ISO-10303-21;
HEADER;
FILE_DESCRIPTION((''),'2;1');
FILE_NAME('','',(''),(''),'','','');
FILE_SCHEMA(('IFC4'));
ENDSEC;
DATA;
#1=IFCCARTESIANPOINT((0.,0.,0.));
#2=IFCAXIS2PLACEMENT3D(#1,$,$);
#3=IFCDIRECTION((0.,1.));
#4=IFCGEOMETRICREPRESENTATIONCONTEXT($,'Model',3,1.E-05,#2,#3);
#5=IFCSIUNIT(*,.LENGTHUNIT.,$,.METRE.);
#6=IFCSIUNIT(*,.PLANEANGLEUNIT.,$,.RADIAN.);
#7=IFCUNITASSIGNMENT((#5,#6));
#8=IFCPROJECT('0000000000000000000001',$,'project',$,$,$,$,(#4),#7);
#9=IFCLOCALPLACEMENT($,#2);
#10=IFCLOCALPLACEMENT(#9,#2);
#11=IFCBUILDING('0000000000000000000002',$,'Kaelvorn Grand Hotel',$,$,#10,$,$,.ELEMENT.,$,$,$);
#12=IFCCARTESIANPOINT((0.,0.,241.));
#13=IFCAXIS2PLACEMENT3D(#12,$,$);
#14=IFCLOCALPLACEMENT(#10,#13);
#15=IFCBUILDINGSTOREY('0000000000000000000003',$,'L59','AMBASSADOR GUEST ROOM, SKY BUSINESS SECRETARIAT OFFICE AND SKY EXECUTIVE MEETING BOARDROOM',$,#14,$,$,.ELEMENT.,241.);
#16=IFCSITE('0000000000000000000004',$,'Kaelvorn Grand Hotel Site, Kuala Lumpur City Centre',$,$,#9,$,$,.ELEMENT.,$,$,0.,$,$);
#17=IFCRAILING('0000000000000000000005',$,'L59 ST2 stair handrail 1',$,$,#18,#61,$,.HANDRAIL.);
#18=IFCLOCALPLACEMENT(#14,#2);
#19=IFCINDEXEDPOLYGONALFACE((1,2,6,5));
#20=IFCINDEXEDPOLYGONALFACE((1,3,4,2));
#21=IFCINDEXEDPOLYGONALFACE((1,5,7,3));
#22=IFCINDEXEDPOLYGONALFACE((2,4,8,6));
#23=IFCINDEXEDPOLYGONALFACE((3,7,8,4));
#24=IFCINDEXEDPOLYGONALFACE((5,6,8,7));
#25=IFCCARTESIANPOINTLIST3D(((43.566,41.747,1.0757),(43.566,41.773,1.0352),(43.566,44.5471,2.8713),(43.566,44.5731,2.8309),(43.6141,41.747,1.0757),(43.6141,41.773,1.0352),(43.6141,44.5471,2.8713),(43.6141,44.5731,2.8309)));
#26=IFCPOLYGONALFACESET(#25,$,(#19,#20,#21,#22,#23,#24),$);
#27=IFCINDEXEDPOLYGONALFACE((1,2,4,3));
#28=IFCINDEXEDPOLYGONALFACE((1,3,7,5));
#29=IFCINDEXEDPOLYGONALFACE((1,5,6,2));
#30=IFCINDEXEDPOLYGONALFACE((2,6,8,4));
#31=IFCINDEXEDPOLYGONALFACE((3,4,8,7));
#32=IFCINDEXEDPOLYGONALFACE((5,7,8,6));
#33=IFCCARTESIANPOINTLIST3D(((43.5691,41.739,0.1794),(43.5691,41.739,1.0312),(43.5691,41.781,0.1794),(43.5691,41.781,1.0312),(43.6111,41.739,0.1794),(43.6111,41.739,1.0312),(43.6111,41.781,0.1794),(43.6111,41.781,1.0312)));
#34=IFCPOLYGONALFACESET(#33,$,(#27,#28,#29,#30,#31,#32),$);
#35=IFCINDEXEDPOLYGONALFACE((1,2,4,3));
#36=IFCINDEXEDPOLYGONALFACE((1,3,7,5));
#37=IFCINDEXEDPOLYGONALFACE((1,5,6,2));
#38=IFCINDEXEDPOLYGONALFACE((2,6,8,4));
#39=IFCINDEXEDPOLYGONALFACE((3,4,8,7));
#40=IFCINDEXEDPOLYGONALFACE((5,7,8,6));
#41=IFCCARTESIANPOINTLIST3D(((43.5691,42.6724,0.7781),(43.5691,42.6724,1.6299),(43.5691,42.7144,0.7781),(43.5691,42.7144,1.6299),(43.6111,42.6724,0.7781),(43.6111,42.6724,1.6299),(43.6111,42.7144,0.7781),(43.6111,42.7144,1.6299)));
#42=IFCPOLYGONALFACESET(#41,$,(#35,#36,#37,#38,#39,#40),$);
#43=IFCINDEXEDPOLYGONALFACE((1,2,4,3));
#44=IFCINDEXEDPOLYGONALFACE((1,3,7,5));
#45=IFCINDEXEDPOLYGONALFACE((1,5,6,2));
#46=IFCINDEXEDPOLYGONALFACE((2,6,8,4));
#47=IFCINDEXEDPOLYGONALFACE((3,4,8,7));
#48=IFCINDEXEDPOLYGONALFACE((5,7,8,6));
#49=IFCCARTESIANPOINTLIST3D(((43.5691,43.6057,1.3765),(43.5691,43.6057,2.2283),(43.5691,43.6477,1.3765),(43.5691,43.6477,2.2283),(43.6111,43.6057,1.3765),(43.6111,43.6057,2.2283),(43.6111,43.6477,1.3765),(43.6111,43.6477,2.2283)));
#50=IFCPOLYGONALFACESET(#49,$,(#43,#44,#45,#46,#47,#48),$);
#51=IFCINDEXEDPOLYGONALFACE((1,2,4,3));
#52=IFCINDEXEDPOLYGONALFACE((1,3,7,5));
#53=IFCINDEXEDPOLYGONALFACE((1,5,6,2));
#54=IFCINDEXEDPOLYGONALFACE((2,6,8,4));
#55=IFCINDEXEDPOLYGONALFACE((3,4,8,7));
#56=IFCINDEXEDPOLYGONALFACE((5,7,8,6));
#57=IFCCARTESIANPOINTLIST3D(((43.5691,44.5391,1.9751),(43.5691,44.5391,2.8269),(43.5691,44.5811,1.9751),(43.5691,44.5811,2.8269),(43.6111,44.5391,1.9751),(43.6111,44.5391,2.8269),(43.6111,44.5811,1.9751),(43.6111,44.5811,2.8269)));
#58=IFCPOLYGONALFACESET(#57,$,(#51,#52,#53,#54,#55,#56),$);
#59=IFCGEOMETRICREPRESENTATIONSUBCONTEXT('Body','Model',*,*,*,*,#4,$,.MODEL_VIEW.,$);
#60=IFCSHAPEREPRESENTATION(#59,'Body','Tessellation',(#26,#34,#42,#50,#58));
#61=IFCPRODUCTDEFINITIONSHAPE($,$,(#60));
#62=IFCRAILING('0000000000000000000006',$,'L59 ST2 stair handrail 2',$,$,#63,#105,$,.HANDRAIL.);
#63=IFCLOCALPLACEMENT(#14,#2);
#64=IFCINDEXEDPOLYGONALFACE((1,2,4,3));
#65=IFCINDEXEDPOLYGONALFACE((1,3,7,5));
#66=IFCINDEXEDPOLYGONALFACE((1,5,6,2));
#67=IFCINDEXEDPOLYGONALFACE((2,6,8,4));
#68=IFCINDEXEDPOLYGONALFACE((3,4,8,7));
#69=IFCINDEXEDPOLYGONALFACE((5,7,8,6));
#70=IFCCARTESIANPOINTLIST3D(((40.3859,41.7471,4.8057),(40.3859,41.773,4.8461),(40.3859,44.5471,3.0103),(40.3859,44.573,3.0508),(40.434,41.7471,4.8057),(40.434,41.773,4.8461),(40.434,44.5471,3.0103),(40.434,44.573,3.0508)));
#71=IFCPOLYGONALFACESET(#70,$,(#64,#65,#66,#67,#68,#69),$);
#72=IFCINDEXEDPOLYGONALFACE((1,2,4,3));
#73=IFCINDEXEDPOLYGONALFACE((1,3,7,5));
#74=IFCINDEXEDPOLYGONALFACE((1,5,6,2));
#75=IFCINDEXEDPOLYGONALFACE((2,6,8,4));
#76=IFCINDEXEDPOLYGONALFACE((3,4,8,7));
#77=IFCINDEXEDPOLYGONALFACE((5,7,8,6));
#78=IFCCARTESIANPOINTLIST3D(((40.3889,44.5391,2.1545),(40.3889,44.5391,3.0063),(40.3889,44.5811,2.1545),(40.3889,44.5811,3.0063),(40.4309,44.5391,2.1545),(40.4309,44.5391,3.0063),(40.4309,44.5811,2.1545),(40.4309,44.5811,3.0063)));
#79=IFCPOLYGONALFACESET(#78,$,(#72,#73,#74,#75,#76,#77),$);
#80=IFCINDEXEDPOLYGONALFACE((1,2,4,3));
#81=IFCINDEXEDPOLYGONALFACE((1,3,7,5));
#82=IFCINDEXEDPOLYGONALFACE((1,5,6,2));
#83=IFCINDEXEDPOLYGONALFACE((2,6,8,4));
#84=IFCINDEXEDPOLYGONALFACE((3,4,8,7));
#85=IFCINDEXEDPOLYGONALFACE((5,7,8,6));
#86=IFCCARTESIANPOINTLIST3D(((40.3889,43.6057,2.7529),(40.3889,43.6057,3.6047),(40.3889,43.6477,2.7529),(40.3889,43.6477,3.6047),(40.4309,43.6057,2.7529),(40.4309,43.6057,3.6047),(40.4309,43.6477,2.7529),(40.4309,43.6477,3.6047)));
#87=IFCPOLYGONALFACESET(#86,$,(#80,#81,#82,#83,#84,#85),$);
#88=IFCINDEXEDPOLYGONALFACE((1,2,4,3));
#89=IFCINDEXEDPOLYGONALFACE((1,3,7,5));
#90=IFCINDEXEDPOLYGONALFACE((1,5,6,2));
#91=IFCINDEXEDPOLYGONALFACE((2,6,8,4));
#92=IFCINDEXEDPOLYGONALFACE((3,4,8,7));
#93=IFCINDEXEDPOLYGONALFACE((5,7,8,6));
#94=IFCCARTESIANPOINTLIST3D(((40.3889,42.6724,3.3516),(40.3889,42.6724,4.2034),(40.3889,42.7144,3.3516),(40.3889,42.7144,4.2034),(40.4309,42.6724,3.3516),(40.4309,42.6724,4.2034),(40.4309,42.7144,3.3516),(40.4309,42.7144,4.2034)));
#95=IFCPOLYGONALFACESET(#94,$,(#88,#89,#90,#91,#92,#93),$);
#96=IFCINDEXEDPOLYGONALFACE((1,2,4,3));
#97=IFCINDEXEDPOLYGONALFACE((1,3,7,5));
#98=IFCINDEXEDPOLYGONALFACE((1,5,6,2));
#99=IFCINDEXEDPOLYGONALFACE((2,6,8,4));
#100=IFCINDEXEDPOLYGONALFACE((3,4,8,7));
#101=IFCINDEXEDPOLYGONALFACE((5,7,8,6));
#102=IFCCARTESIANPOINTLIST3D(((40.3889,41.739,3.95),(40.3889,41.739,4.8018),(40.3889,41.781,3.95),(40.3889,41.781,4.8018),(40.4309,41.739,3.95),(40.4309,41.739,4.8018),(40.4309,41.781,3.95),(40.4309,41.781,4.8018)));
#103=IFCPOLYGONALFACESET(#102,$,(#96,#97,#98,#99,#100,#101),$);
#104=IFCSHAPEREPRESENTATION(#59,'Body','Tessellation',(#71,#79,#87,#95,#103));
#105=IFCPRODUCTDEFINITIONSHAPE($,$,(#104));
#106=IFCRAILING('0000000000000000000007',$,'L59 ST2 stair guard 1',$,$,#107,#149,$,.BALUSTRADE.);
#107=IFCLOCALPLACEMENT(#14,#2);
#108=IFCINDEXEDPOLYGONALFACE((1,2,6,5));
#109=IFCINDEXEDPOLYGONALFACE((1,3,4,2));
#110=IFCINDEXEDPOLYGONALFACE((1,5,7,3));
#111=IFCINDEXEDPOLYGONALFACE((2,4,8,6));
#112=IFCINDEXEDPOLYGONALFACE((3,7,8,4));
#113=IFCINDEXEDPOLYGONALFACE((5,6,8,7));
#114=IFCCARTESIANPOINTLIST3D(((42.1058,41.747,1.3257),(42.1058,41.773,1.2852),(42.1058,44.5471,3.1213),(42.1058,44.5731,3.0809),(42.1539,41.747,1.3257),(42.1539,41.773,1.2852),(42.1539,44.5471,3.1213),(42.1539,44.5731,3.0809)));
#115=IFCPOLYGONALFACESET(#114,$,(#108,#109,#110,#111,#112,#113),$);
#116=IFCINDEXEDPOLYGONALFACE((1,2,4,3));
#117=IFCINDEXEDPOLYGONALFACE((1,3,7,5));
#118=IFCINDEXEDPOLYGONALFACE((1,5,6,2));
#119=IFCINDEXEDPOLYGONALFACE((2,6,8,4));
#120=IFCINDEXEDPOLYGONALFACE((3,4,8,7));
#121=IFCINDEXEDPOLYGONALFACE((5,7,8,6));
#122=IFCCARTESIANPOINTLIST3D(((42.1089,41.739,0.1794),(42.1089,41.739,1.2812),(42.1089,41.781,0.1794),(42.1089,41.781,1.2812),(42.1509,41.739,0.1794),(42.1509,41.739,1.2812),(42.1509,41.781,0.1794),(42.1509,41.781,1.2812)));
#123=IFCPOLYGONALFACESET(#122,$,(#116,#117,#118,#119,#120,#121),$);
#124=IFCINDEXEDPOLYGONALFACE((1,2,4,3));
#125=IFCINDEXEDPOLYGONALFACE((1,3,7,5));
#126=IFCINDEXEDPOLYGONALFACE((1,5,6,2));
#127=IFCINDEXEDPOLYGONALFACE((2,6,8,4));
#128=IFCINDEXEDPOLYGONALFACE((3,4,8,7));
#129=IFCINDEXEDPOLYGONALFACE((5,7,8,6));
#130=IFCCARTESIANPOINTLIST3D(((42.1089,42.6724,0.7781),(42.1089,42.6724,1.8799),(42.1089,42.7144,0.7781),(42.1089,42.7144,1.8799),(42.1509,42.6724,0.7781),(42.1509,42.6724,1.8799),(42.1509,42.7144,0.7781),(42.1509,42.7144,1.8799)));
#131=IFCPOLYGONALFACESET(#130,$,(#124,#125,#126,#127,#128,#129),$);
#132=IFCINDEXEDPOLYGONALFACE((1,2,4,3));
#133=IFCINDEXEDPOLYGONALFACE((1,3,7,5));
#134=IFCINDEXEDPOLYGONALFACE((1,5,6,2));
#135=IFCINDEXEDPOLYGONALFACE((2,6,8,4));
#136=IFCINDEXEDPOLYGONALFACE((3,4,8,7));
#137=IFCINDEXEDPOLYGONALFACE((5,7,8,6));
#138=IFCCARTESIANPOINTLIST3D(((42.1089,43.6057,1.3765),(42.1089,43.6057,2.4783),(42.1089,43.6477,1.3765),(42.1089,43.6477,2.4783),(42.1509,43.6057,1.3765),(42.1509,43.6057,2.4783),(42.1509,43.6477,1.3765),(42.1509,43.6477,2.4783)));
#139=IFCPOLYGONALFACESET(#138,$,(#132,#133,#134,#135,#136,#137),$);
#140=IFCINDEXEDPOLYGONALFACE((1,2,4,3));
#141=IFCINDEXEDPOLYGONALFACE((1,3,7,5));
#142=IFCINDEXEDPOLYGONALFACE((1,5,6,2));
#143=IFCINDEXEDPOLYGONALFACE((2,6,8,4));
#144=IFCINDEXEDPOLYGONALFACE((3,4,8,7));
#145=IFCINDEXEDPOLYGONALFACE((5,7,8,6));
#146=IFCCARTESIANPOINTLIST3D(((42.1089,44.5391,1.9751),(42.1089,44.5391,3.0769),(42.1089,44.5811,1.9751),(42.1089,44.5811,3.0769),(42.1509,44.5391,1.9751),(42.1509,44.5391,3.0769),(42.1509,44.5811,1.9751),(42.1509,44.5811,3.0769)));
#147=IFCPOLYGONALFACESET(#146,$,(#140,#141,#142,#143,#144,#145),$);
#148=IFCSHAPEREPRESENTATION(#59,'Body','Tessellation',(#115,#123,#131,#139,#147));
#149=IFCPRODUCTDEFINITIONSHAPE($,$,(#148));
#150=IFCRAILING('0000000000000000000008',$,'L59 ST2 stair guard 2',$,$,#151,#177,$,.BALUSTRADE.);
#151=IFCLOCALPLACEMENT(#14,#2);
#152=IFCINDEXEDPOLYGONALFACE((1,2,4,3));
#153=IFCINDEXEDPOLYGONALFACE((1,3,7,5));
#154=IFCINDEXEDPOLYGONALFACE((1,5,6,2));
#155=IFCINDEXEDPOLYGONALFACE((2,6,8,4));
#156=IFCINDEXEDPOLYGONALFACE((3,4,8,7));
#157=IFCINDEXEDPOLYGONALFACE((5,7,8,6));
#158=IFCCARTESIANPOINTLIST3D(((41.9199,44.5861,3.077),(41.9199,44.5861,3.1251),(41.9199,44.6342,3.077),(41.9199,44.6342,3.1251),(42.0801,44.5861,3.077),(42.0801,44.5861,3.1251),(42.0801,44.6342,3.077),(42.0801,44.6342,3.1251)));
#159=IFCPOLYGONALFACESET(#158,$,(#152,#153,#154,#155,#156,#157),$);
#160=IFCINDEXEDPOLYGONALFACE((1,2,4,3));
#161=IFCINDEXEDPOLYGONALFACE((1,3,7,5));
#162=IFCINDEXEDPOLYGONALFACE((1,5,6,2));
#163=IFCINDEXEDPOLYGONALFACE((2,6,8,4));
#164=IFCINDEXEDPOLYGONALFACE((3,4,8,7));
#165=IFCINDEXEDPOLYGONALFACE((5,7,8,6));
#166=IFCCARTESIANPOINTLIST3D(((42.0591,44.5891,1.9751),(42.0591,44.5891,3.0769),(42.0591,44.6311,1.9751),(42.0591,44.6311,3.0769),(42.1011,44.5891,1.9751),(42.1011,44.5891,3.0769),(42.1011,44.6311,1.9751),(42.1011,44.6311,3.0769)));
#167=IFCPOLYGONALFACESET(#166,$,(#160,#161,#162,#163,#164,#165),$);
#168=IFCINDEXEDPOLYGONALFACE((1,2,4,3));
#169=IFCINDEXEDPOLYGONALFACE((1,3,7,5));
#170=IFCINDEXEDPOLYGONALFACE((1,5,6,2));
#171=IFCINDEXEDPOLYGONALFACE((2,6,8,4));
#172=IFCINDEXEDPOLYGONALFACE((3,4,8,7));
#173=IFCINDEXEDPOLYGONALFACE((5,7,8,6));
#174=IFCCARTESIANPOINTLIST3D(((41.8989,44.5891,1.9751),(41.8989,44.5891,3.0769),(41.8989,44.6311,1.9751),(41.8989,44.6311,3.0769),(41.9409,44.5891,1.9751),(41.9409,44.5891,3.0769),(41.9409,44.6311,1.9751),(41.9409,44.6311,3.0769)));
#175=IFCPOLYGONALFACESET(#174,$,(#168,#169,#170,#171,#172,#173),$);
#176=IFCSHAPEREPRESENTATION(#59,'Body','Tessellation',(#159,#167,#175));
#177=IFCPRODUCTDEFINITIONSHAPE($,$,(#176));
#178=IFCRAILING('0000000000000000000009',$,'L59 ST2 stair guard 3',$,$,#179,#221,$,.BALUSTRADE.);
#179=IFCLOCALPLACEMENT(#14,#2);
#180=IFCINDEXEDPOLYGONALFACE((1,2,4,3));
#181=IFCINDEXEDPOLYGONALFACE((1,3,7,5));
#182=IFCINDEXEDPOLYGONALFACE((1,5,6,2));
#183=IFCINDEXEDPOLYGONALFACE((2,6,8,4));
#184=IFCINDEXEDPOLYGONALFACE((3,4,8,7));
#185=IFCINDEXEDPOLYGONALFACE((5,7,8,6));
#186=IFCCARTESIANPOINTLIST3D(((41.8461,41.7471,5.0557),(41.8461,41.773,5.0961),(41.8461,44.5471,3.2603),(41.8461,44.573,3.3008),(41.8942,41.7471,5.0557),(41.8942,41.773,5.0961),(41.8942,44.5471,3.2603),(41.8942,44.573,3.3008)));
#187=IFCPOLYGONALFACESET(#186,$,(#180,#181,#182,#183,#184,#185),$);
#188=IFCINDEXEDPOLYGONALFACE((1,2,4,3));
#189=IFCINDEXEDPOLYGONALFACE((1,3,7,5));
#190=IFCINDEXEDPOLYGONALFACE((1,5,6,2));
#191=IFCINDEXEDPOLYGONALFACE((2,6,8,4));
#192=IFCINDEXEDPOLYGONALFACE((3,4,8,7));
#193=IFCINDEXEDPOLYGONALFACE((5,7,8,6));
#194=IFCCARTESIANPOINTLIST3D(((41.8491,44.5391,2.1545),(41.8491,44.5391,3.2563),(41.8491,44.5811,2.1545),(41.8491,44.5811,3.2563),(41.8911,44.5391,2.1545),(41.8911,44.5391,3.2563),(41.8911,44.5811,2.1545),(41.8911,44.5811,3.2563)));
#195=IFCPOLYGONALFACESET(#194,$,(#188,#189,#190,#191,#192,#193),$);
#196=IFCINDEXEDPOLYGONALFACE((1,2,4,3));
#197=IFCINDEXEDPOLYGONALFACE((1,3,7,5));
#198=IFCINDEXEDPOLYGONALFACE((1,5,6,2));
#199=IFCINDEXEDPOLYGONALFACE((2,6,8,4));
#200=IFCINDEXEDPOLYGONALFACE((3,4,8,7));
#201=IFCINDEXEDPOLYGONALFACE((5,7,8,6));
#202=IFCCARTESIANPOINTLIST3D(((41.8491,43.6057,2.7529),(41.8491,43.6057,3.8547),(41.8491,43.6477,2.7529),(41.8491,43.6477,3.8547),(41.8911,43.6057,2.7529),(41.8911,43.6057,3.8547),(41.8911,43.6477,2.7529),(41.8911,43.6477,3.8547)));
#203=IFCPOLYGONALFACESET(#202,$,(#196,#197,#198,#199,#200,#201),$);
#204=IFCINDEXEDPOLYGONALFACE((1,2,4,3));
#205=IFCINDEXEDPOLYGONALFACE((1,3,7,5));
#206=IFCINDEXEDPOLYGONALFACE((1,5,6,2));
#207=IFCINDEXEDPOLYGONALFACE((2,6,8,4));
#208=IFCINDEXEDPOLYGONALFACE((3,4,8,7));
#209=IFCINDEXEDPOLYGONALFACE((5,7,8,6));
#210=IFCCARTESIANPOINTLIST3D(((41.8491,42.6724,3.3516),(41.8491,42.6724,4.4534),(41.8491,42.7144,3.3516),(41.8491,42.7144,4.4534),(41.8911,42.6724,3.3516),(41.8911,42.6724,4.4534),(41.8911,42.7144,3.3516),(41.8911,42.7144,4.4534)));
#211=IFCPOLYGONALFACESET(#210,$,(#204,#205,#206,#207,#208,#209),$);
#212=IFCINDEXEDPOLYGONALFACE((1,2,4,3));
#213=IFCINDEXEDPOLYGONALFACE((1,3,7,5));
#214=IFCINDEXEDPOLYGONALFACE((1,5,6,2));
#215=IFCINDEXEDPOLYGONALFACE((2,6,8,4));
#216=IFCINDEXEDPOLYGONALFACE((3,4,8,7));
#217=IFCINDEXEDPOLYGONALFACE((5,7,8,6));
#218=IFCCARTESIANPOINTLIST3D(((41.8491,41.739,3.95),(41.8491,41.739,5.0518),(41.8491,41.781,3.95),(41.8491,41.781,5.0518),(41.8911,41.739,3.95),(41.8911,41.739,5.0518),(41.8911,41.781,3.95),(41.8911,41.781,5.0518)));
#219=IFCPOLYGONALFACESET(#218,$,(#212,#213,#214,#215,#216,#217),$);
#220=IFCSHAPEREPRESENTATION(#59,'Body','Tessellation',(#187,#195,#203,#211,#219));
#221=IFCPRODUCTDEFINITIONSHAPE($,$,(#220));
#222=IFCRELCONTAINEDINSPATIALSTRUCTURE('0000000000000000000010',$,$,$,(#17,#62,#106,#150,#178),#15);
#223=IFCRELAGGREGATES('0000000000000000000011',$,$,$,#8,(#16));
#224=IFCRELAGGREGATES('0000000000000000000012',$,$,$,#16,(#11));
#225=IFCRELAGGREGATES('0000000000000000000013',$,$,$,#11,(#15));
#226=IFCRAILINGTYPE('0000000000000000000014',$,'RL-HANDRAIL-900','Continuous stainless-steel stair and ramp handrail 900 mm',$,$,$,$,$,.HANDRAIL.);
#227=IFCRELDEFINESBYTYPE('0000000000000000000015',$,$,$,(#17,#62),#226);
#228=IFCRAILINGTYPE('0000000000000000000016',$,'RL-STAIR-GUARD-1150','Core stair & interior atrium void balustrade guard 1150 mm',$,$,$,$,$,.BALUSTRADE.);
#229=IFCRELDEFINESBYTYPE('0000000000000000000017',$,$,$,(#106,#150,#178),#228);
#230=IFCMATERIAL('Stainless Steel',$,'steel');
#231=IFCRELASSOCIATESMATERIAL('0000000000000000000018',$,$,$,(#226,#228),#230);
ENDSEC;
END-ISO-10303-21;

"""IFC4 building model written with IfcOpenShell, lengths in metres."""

from ifc_helpers import new_model, si_unit, direction, frame, origin, origin_2d, place, context, subcontext, project, spatial, rectangle, extrude, material, type_object, element, save


model = new_model("IFC4")

# Units and contexts
model_context = context("Model", 3, precision=1e-05, world=origin(), true_north=direction((0.0, 1.0)))
body_context = subcontext(model_context, "Body", "Model", "MODEL_VIEW")
ifc_project = project(units=[si_unit("LENGTHUNIT", "METRE"), si_unit("PLANEANGLEUNIT", "RADIAN")], contexts=[model_context])

# Site, building, storey
site_placement = place(None, origin())
site = spatial("IfcSite", under=ifc_project, at=site_placement, Name="Kaelvorn Grand Hotel Site, Kuala Lumpur City Centre", CompositionType="ELEMENT", RefElevation=0.0)
building_placement = place(site_placement, origin())
building = spatial("IfcBuilding", under=site, at=building_placement, Name="Kaelvorn Grand Hotel", CompositionType="ELEMENT")
storey_placement = place(building_placement, frame((0.0, 0.0, 241.0)))
storey = spatial("IfcBuildingStorey", under=building, at=storey_placement, Name="L59", Description="AMBASSADOR GUEST ROOM, SKY BUSINESS SECRETARIAT OFFICE AND SKY EXECUTIVE MEETING BOARDROOM", CompositionType="ELEMENT", Elevation=241.0)

# Railings
ifc_material_1 = material(Name="Stainless Steel", Category="steel")
railing_type_1 = type_object("IfcRailingType", Name="RL-HANDRAIL-900", Description="Continuous stainless-steel stair and ramp handrail 900 mm", PredefinedType="HANDRAIL", material=ifc_material_1)
railing_1_placement = place(storey_placement, frame((43.5901, 41.76, 0.1794)))
element("IfcRailing", 1, at=railing_1_placement, inside=storey, type_object=railing_type_1, Name="L59 ST2 stair handrail 1", PredefinedType="HANDRAIL", context=body_context, shape_type="SweptSolid", body=[
    extrude(rectangle(XDim=0.0481, YDim=0.0481, at=origin_2d()), frame((0.0, 0.0, 0.876), z_axis=(0.0, 0.841777, 0.539826), x_axis=(-1.0, 0.0, 0.0)), (0.0, 0.0, 1.0), 3.3264),
    extrude(rectangle(XDim=0.042, YDim=0.042, at=origin_2d()), origin(), (0.0, 0.0, 1.0), 0.8518),
    extrude(rectangle(XDim=0.042, YDim=0.042, at=origin_2d()), frame((0.0, 0.9333, 0.5986)), (0.0, 0.0, 1.0), 0.8518),
    extrude(rectangle(XDim=0.042, YDim=0.042, at=origin_2d()), frame((0.0, 1.8667, 1.197)), (0.0, 0.0, 1.0), 0.8518),
    extrude(rectangle(XDim=0.042, YDim=0.042, at=origin_2d()), frame((0.0, 2.8, 1.7957)), (0.0, 0.0, 1.0), 0.8518),
])
railing_2_placement = place(storey_placement, frame((40.4099, 44.5601, 2.1545)))
element("IfcRailing", 2, at=railing_2_placement, inside=storey, type_object=railing_type_1, Name="L59 ST2 stair handrail 2", PredefinedType="HANDRAIL", context=body_context, shape_type="SweptSolid", body=[
    extrude(rectangle(XDim=0.0481, YDim=0.0481, at=origin_2d()), frame((0.0, 0.0, 0.876), z_axis=(0.0, -0.84181, 0.539774), x_axis=(1.0, 0.0, 0.0)), (0.0, 0.0, 1.0), 3.3262),
    extrude(rectangle(XDim=0.042, YDim=0.042, at=origin_2d()), origin(), (0.0, 0.0, 1.0), 0.8518),
    extrude(rectangle(XDim=0.042, YDim=0.042, at=origin_2d()), frame((0.0, -0.9333, 0.5984)), (0.0, 0.0, 1.0), 0.8518),
    extrude(rectangle(XDim=0.042, YDim=0.042, at=origin_2d()), frame((0.0, -1.8667, 1.197)), (0.0, 0.0, 1.0), 0.8518),
    extrude(rectangle(XDim=0.042, YDim=0.042, at=origin_2d()), frame((0.0, -2.8, 1.7954)), (0.0, 0.0, 1.0), 0.8518),
])
railing_type_2 = type_object("IfcRailingType", Name="RL-STAIR-GUARD-1150", Description="Core stair & interior atrium void balustrade guard 1150 mm", PredefinedType="BALUSTRADE", material=ifc_material_1)
railing_3_placement = place(storey_placement, frame((42.1299, 41.76, 0.1794)))
element("IfcRailing", 3, at=railing_3_placement, inside=storey, type_object=railing_type_2, Name="L59 ST2 stair guard 1", PredefinedType="BALUSTRADE", context=body_context, shape_type="SweptSolid", body=[
    extrude(rectangle(XDim=0.0481, YDim=0.0481, at=origin_2d()), frame((0.0, 0.0, 1.126), z_axis=(0.0, 0.841777, 0.539826), x_axis=(-1.0, 0.0, 0.0)), (0.0, 0.0, 1.0), 3.3264),
    extrude(rectangle(XDim=0.042, YDim=0.042, at=origin_2d()), origin(), (0.0, 0.0, 1.0), 1.1018),
    extrude(rectangle(XDim=0.042, YDim=0.042, at=origin_2d()), frame((0.0, 0.9333, 0.5986)), (0.0, 0.0, 1.0), 1.1018),
    extrude(rectangle(XDim=0.042, YDim=0.042, at=origin_2d()), frame((0.0, 1.8667, 1.197)), (0.0, 0.0, 1.0), 1.1018),
    extrude(rectangle(XDim=0.042, YDim=0.042, at=origin_2d()), frame((0.0, 2.8, 1.7957)), (0.0, 0.0, 1.0), 1.1018),
])
railing_4_placement = place(storey_placement, frame((42.0801, 44.6101, 1.9751)))
element("IfcRailing", 4, at=railing_4_placement, inside=storey, type_object=railing_type_2, Name="L59 ST2 stair guard 2", PredefinedType="BALUSTRADE", context=body_context, shape_type="SweptSolid", body=[
    extrude(rectangle(XDim=0.0481, YDim=0.0481, at=origin_2d()), frame((0.0, 0.0, 1.126), z_axis=(-1.0, 0.0, 0.0), x_axis=(0.0, -1.0, 0.0)), (0.0, 0.0, 1.0), 0.1602),
    extrude(rectangle(XDim=0.042, YDim=0.042, at=origin_2d()), origin(), (0.0, 0.0, 1.0), 1.1018),
    extrude(rectangle(XDim=0.042, YDim=0.042, at=origin_2d()), frame((-0.1602, 0.0, 0.0)), (0.0, 0.0, 1.0), 1.1018),
])
railing_5_placement = place(storey_placement, frame((41.8701, 44.5601, 2.1545)))
element("IfcRailing", 5, at=railing_5_placement, inside=storey, type_object=railing_type_2, Name="L59 ST2 stair guard 3", PredefinedType="BALUSTRADE", context=body_context, shape_type="SweptSolid", body=[
    extrude(rectangle(XDim=0.0481, YDim=0.0481, at=origin_2d()), frame((0.0, 0.0, 1.126), z_axis=(0.0, -0.84181, 0.539774), x_axis=(1.0, 0.0, 0.0)), (0.0, 0.0, 1.0), 3.3262),
    extrude(rectangle(XDim=0.042, YDim=0.042, at=origin_2d()), origin(), (0.0, 0.0, 1.0), 1.1018),
    extrude(rectangle(XDim=0.042, YDim=0.042, at=origin_2d()), frame((0.0, -0.9333, 0.5984)), (0.0, 0.0, 1.0), 1.1018),
    extrude(rectangle(XDim=0.042, YDim=0.042, at=origin_2d()), frame((0.0, -1.8667, 1.197)), (0.0, 0.0, 1.0), 1.1018),
    extrude(rectangle(XDim=0.042, YDim=0.042, at=origin_2d()), frame((0.0, -2.8, 1.7954)), (0.0, 0.0, 1.0), 1.1018),
])

save(model, "model.ifc")
